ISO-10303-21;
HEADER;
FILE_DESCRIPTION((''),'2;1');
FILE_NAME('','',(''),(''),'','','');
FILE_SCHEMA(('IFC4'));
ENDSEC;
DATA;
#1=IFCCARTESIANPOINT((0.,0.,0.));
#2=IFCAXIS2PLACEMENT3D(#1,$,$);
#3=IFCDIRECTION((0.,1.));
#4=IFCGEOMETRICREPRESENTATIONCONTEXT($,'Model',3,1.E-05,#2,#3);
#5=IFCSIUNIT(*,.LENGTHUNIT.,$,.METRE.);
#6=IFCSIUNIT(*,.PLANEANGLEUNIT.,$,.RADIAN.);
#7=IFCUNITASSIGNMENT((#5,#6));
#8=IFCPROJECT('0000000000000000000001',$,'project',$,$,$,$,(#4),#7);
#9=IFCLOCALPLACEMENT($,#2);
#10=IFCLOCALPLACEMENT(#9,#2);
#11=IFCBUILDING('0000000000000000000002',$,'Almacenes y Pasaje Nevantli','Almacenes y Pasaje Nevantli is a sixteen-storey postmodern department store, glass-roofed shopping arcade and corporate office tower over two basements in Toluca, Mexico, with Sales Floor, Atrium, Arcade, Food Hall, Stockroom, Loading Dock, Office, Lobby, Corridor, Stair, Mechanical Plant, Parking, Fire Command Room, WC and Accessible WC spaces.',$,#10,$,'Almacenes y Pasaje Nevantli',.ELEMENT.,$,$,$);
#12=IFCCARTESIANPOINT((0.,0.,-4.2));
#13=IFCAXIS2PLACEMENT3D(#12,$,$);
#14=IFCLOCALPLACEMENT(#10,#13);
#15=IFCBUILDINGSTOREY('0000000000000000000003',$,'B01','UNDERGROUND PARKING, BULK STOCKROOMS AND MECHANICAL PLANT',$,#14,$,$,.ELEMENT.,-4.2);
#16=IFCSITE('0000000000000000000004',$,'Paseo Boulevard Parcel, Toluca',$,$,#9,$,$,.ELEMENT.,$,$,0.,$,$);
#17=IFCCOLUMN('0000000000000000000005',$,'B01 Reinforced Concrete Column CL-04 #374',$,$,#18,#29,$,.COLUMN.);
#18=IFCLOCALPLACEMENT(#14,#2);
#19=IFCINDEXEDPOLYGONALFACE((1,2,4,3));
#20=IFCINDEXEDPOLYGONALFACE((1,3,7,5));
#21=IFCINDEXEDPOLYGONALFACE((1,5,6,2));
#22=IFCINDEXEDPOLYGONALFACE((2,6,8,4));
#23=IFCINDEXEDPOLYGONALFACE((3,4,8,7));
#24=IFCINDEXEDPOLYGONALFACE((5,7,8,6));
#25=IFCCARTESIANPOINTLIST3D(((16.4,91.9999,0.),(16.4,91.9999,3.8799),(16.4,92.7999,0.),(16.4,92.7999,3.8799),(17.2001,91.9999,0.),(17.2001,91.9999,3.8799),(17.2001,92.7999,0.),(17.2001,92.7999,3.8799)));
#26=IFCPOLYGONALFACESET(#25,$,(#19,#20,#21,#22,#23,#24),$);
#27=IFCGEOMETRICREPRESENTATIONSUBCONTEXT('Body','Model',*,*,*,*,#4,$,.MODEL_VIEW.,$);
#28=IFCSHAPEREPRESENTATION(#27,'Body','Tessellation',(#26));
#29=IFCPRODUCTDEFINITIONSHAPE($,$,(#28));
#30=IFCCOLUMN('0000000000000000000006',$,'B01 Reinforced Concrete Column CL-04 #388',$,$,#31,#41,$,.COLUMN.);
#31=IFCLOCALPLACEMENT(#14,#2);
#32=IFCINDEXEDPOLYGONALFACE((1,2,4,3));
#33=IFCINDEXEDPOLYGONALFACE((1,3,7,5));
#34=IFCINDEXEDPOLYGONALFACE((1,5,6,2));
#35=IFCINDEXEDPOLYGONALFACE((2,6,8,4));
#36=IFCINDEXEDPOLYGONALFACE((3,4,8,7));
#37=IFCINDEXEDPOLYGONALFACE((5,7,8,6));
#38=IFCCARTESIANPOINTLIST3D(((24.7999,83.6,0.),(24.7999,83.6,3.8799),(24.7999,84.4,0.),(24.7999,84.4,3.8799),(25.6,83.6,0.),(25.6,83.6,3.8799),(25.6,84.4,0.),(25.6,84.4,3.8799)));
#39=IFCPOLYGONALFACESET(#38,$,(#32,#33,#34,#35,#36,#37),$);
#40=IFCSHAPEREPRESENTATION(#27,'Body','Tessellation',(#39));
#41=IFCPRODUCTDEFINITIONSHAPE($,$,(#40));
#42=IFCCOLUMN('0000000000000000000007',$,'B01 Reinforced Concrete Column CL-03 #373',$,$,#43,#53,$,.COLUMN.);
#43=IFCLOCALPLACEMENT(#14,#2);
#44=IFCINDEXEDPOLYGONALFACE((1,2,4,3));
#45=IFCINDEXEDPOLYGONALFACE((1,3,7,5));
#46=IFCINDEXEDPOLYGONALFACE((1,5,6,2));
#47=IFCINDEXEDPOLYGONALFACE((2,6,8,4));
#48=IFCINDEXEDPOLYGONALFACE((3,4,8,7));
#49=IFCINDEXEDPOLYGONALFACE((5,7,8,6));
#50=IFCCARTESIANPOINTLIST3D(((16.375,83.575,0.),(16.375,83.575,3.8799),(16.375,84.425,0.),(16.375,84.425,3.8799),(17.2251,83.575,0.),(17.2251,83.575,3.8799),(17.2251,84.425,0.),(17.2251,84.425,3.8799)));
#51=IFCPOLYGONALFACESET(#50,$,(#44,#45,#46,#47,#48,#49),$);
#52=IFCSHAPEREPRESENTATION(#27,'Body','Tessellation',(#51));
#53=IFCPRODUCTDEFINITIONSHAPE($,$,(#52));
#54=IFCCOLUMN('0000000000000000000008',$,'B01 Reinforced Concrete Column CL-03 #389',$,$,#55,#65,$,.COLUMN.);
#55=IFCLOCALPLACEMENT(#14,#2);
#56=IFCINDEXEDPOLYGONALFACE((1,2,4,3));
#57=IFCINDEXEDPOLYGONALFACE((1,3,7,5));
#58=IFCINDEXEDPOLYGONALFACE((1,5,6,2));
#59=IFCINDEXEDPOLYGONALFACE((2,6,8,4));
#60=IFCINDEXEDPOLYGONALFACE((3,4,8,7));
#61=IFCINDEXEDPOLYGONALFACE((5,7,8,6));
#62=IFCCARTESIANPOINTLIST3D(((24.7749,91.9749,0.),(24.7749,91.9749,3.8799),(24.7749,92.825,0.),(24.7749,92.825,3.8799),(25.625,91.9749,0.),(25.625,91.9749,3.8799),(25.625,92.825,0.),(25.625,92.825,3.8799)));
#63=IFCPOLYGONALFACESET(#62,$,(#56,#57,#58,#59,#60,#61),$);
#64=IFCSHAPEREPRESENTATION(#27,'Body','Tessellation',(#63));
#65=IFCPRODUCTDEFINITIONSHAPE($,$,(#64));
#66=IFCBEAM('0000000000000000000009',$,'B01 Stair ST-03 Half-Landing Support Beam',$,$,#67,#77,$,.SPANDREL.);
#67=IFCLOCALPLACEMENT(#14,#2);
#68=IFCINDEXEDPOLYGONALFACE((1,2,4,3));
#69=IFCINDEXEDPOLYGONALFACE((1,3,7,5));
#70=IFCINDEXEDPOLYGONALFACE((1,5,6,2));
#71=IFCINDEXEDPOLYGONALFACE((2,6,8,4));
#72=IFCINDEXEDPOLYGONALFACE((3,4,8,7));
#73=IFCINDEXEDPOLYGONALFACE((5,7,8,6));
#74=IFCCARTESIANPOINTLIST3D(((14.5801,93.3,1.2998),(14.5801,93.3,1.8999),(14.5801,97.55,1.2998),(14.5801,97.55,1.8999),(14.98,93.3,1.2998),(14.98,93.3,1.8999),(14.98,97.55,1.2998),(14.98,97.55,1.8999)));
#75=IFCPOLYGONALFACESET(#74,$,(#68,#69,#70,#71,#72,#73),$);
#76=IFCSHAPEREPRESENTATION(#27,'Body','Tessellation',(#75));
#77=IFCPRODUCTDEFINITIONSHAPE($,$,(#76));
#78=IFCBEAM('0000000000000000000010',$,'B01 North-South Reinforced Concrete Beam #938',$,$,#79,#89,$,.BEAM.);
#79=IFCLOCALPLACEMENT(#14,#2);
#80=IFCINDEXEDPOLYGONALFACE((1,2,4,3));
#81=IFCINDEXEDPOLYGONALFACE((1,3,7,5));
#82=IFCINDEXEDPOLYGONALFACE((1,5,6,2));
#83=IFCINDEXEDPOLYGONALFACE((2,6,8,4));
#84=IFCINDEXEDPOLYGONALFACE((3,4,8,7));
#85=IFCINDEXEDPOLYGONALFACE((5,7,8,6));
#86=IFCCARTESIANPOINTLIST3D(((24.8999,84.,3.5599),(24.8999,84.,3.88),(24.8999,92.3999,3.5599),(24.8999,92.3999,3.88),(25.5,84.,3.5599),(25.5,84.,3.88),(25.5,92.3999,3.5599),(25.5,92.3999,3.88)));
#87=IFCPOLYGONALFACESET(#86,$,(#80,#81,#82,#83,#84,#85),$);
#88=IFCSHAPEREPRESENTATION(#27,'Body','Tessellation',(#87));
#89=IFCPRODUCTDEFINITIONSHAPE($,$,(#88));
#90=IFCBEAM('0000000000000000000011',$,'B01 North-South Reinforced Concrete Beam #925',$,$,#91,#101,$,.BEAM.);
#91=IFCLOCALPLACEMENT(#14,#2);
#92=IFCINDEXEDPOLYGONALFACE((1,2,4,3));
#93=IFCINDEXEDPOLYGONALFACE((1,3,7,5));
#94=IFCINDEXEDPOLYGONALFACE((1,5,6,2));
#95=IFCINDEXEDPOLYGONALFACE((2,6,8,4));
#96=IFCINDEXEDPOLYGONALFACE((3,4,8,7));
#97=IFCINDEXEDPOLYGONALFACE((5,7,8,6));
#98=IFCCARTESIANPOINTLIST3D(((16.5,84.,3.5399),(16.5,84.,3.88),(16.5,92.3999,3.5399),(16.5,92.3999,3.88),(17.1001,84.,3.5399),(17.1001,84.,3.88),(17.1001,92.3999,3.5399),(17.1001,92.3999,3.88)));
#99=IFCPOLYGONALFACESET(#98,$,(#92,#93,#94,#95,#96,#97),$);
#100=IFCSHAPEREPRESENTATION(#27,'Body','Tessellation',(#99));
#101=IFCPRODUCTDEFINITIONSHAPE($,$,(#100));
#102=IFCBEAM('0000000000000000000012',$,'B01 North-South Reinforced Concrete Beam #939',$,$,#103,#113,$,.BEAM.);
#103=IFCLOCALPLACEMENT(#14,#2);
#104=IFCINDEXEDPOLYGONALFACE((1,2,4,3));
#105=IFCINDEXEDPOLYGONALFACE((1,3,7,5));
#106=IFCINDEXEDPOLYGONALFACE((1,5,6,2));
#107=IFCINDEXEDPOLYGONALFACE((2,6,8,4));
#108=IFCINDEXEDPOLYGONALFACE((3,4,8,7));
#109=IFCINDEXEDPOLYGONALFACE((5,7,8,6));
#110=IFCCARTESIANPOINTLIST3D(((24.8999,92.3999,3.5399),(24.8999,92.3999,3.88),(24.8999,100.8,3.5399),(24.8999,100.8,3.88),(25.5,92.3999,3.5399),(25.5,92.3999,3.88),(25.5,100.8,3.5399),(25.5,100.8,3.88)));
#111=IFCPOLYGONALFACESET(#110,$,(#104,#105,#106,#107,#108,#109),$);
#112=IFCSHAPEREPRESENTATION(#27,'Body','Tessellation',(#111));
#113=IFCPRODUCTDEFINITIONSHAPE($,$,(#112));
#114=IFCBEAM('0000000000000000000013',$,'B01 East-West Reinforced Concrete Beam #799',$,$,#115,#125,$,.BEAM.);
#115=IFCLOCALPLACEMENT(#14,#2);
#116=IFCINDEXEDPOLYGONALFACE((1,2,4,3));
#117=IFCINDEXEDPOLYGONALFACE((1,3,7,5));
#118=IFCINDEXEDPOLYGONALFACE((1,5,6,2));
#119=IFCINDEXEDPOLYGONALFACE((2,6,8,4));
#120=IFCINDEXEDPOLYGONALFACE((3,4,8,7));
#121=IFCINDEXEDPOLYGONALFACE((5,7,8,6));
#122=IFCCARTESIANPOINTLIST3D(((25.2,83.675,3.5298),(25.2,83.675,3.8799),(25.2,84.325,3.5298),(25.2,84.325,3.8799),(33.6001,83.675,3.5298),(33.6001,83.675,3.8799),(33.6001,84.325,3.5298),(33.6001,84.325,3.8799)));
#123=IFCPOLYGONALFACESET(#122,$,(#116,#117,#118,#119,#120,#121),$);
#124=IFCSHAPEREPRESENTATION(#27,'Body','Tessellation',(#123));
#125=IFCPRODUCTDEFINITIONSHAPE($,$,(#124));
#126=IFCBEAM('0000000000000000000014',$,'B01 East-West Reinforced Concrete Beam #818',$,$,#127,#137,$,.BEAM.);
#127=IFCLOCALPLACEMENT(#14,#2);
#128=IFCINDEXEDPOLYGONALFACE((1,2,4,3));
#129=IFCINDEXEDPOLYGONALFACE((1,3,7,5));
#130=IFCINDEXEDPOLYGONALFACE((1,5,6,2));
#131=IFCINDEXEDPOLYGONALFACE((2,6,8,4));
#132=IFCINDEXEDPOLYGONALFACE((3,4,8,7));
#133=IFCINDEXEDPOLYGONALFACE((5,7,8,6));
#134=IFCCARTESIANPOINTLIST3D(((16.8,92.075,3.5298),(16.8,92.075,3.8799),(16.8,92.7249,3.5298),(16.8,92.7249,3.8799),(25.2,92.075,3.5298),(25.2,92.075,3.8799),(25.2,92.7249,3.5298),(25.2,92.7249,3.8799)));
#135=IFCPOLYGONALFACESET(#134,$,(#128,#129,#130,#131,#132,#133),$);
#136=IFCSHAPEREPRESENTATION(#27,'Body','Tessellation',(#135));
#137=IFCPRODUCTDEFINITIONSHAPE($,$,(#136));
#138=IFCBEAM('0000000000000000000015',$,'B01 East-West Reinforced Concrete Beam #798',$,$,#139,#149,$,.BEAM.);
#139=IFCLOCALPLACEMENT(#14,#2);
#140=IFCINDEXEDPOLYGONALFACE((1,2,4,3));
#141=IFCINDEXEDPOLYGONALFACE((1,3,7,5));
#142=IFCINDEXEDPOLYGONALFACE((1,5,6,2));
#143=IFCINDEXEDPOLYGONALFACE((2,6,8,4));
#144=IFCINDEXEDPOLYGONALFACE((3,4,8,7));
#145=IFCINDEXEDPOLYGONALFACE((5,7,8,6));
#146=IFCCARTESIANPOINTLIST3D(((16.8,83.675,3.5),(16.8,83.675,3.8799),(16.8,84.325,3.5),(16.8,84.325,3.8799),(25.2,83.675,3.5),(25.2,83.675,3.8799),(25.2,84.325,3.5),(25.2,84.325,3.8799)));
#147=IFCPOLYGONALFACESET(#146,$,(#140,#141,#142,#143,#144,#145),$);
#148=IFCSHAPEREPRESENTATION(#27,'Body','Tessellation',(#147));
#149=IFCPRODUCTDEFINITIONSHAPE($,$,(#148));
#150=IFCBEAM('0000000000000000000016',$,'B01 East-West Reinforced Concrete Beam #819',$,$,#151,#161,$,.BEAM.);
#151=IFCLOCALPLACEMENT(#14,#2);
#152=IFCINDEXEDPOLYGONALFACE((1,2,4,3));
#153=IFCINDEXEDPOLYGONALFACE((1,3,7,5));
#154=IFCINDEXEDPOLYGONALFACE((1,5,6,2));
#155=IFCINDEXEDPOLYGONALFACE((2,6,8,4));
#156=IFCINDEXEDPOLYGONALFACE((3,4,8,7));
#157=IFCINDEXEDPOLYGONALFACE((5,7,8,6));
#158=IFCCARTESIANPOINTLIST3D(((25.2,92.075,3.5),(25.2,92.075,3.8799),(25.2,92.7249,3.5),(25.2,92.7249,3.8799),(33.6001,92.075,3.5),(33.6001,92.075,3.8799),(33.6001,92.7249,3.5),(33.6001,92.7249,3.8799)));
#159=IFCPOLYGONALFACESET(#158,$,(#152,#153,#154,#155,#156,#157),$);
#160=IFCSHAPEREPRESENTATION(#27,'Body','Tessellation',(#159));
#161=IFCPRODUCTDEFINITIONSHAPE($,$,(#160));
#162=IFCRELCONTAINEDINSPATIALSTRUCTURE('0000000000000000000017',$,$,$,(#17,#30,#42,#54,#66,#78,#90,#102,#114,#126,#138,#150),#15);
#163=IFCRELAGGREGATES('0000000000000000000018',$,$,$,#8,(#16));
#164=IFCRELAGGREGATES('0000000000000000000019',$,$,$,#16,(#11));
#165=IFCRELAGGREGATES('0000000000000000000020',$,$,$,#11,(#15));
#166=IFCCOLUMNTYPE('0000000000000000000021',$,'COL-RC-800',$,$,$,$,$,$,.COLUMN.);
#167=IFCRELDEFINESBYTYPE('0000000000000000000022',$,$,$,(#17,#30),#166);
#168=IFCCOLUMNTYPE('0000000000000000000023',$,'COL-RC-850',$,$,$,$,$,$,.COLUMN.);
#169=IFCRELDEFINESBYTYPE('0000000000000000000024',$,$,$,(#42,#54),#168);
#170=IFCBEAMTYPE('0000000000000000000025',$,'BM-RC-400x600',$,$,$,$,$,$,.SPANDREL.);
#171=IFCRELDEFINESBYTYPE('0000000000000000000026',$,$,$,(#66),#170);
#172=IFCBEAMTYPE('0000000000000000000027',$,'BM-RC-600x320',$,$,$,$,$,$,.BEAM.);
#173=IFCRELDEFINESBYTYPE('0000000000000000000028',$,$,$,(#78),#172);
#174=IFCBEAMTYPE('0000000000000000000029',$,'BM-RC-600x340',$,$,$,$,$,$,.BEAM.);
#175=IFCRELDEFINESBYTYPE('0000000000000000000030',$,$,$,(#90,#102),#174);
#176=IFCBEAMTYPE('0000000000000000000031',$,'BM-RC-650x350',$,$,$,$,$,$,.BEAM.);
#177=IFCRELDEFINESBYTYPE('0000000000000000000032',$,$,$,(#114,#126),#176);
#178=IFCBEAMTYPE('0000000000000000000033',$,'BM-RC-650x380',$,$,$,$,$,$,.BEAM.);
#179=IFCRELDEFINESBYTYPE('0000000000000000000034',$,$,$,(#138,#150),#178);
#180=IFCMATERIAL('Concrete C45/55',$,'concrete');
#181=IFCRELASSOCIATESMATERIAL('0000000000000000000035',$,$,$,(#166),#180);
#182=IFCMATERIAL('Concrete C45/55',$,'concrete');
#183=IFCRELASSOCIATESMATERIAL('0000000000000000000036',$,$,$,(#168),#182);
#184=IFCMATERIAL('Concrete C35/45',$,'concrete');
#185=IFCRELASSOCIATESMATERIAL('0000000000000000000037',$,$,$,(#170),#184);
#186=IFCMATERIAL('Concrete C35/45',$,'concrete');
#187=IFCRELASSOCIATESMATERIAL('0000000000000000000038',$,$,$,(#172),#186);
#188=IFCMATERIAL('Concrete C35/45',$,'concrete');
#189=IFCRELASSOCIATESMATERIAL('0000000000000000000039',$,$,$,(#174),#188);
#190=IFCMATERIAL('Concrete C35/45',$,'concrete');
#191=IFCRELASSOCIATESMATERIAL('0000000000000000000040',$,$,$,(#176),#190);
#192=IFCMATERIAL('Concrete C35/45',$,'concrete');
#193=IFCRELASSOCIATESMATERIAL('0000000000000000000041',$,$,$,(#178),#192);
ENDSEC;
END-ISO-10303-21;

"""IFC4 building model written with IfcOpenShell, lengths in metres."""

from ifc_helpers import new_model, si_unit, direction, frame, origin, origin_2d, place, context, subcontext, project, spatial, rectangle, extrude, material, material_profile, profile_set, type_object, element, save


model = new_model("IFC4")

# Units and contexts
model_context = context("Model", 3, precision=1e-05, world=origin(), true_north=direction((0.0, 1.0)))
body_context = subcontext(model_context, "Body", "Model", "MODEL_VIEW")
ifc_project = project(units=[si_unit("LENGTHUNIT", "METRE"), si_unit("PLANEANGLEUNIT", "RADIAN")], contexts=[model_context])

# Site, building, storey
site_placement = place(None, origin())
site = spatial("IfcSite", under=ifc_project, at=site_placement, Name="Paseo Boulevard Parcel, Toluca", CompositionType="ELEMENT", RefElevation=0.0)
building_placement = place(site_placement, origin())
building = spatial("IfcBuilding", under=site, at=building_placement, Name="Almacenes y Pasaje Nevantli", Description="Almacenes y Pasaje Nevantli is a sixteen-storey postmodern department store, glass-roofed shopping arcade and corporate office tower over two basements in Toluca, Mexico, with Sales Floor, Atrium, Arcade, Food Hall, Stockroom, Loading Dock, Office, Lobby, Corridor, Stair, Mechanical Plant, Parking, Fire Command Room, WC and Accessible WC spaces.", LongName="Almacenes y Pasaje Nevantli", CompositionType="ELEMENT")
storey_placement = place(building_placement, frame((0.0, 0.0, -4.2)))
storey = spatial("IfcBuildingStorey", under=building, at=storey_placement, Name="B01", Description="UNDERGROUND PARKING, BULK STOCKROOMS AND MECHANICAL PLANT", CompositionType="ELEMENT", Elevation=-4.2)

# Columns
ifc_material_1 = material(Name="Concrete C45/55", Category="concrete")
ifc_material_profile_1 = material_profile(ifc_material_1, rectangle(XDim=0.8, YDim=0.8, at=origin_2d()), Name="RC-COL-800x800")
ifc_profile_set_1 = profile_set([ifc_material_profile_1], Name="Concrete C45/55")
column_type_1 = type_object("IfcColumnType", Name="COL-RC-800", PredefinedType="COLUMN", material=ifc_profile_set_1)
for number, where, z_axis, x_axis, name in (
    (1, (16.8, 92.3999, 0.0), (0.0, 0.0, 1.0), (1.0, 0.0, 0.0), "B01 Reinforced Concrete Column CL-04 #374"),
    (2, (25.2, 84.0, 0.0), (0.0, 0.0, 1.0), (1.0, 0.0, 0.0), "B01 Reinforced Concrete Column CL-04 #388"),
):
    element("IfcColumn", number, at=place(storey_placement, frame(where, z_axis=z_axis, x_axis=x_axis)), inside=storey, type_object=column_type_1, Name=name, PredefinedType="COLUMN", context=body_context, shape_type="SweptSolid", body=[
        extrude(rectangle(XDim=0.8, YDim=0.8, at=origin_2d()), origin(), (0.0, 0.0, 1.0), 3.8799),
    ])
ifc_material_2 = material(Name="Concrete C45/55", Category="concrete")
ifc_material_profile_2 = material_profile(ifc_material_2, rectangle(XDim=0.8501, YDim=0.8501, at=origin_2d()), Name="RC-COL-850x850")
ifc_profile_set_2 = profile_set([ifc_material_profile_2], Name="Concrete C45/55")
column_type_2 = type_object("IfcColumnType", Name="COL-RC-850", PredefinedType="COLUMN", material=ifc_profile_set_2)
for number, where, z_axis, x_axis, name in (
    (3, (16.8, 84.0, 0.0), (0.0, 0.0, 1.0), (1.0, 0.0, 0.0), "B01 Reinforced Concrete Column CL-03 #373"),
    (4, (25.2, 92.3999, 0.0), (0.0, 0.0, 1.0), (1.0, 0.0, 0.0), "B01 Reinforced Concrete Column CL-03 #389"),
):
    element("IfcColumn", number, at=place(storey_placement, frame(where, z_axis=z_axis, x_axis=x_axis)), inside=storey, type_object=column_type_2, Name=name, PredefinedType="COLUMN", context=body_context, shape_type="SweptSolid", body=[
        extrude(rectangle(XDim=0.8501, YDim=0.8501, at=origin_2d()), origin(), (0.0, 0.0, 1.0), 3.8799),
    ])

# Beams
ifc_material_3 = material(Name="Concrete C35/45", Category="concrete")
ifc_material_profile_3 = material_profile(ifc_material_3, rectangle(XDim=0.3999, YDim=0.6001, at=origin_2d()), Name="RC-BM-400x600")
ifc_profile_set_3 = profile_set([ifc_material_profile_3], Name="Concrete C35/45")
beam_type_1 = type_object("IfcBeamType", Name="BM-RC-400x600", PredefinedType="SPANDREL", material=ifc_profile_set_3)
beam_1_placement = place(storey_placement, frame((14.78, 93.3, 1.5999), z_axis=(0.0, 1.0, 0.0), x_axis=(-1.0, 0.0, 0.0)))
element("IfcBeam", 5, at=beam_1_placement, inside=storey, type_object=beam_type_1, Name="B01 Stair ST-03 Half-Landing Support Beam", PredefinedType="SPANDREL", context=body_context, shape_type="SweptSolid", body=[
    extrude(rectangle(XDim=0.3999, YDim=0.6001, at=origin_2d()), origin(), (0.0, 0.0, 1.0), 4.25),
])
ifc_material_4 = material(Name="Concrete C35/45", Category="concrete")
ifc_material_profile_4 = material_profile(ifc_material_4, rectangle(XDim=0.6001, YDim=0.3201, at=origin_2d()), Name="RC-BM-600x320")
ifc_profile_set_4 = profile_set([ifc_material_profile_4], Name="Concrete C35/45")
beam_type_2 = type_object("IfcBeamType", Name="BM-RC-600x320", PredefinedType="BEAM", material=ifc_profile_set_4)
beam_2_placement = place(storey_placement, frame((25.2, 84.0, 3.72), z_axis=(0.0, 1.0, 0.0), x_axis=(-1.0, 0.0, 0.0)))
element("IfcBeam", 6, at=beam_2_placement, inside=storey, type_object=beam_type_2, Name="B01 North-South Reinforced Concrete Beam #938", PredefinedType="BEAM", context=body_context, shape_type="SweptSolid", body=[
    extrude(rectangle(XDim=0.6001, YDim=0.3201, at=origin_2d()), origin(), (0.0, 0.0, 1.0), 8.3999),
])
ifc_material_5 = material(Name="Concrete C35/45", Category="concrete")
ifc_material_profile_5 = material_profile(ifc_material_5, rectangle(XDim=0.6001, YDim=0.3401, at=origin_2d()), Name="RC-BM-600x340")
ifc_profile_set_5 = profile_set([ifc_material_profile_5], Name="Concrete C35/45")
beam_type_3 = type_object("IfcBeamType", Name="BM-RC-600x340", PredefinedType="BEAM", material=ifc_profile_set_5)
beam_3_placement = place(storey_placement, frame((16.8, 84.0, 3.71), z_axis=(0.0, 1.0, 0.0), x_axis=(-1.0, 0.0, 0.0)))
element("IfcBeam", 7, at=beam_3_placement, inside=storey, type_object=beam_type_3, Name="B01 North-South Reinforced Concrete Beam #925", PredefinedType="BEAM", context=body_context, shape_type="SweptSolid", body=[
    extrude(rectangle(XDim=0.6001, YDim=0.3401, at=origin_2d()), origin(), (0.0, 0.0, 1.0), 8.3999),
])
beam_4_placement = place(storey_placement, frame((25.2, 92.3999, 3.71), z_axis=(0.0, 1.0, 0.0), x_axis=(-1.0, 0.0, 0.0)))
element("IfcBeam", 8, at=beam_4_placement, inside=storey, type_object=beam_type_3, Name="B01 North-South Reinforced Concrete Beam #939", PredefinedType="BEAM", context=body_context, shape_type="SweptSolid", body=[
    extrude(rectangle(XDim=0.6001, YDim=0.3401, at=origin_2d()), origin(), (0.0, 0.0, 1.0), 8.4001),
])
ifc_material_6 = material(Name="Concrete C35/45", Category="concrete")
ifc_material_profile_6 = material_profile(ifc_material_6, rectangle(XDim=0.6499, YDim=0.3501, at=origin_2d()), Name="RC-BM-650x350")
ifc_profile_set_6 = profile_set([ifc_material_profile_6], Name="Concrete C35/45")
beam_type_4 = type_object("IfcBeamType", Name="BM-RC-650x350", PredefinedType="BEAM", material=ifc_profile_set_6)
beam_5_placement = place(storey_placement, frame((25.2, 84.0, 3.7048), z_axis=(1.0, 0.0, 0.0), x_axis=(0.0, 1.0, 0.0)))
element("IfcBeam", 9, at=beam_5_placement, inside=storey, type_object=beam_type_4, Name="B01 East-West Reinforced Concrete Beam #799", PredefinedType="BEAM", context=body_context, shape_type="SweptSolid", body=[
    extrude(rectangle(XDim=0.6499, YDim=0.3501, at=origin_2d()), origin(), (0.0, 0.0, 1.0), 8.4001),
])
beam_6_placement = place(storey_placement, frame((16.8, 92.3999, 3.7048), z_axis=(1.0, 0.0, 0.0), x_axis=(0.0, 1.0, 0.0)))
element("IfcBeam", 10, at=beam_6_placement, inside=storey, type_object=beam_type_4, Name="B01 East-West Reinforced Concrete Beam #818", PredefinedType="BEAM", context=body_context, shape_type="SweptSolid", body=[
    extrude(rectangle(XDim=0.6499, YDim=0.3501, at=origin_2d()), origin(), (0.0, 0.0, 1.0), 8.3999),
])
ifc_material_7 = material(Name="Concrete C35/45", Category="concrete")
ifc_material_profile_7 = material_profile(ifc_material_7, rectangle(XDim=0.6499, YDim=0.3799, at=origin_2d()), Name="RC-BM-650x380")
ifc_profile_set_7 = profile_set([ifc_material_profile_7], Name="Concrete C35/45")
beam_type_5 = type_object("IfcBeamType", Name="BM-RC-650x380", PredefinedType="BEAM", material=ifc_profile_set_7)
beam_7_placement = place(storey_placement, frame((16.8, 84.0, 3.6899), z_axis=(1.0, 0.0, 0.0), x_axis=(0.0, 1.0, 0.0)))
element("IfcBeam", 11, at=beam_7_placement, inside=storey, type_object=beam_type_5, Name="B01 East-West Reinforced Concrete Beam #798", PredefinedType="BEAM", context=body_context, shape_type="SweptSolid", body=[
    extrude(rectangle(XDim=0.6499, YDim=0.3799, at=origin_2d()), origin(), (0.0, 0.0, 1.0), 8.3999),
])
beam_8_placement = place(storey_placement, frame((25.2, 92.3999, 3.6899), z_axis=(1.0, 0.0, 0.0), x_axis=(0.0, 1.0, 0.0)))
element("IfcBeam", 12, at=beam_8_placement, inside=storey, type_object=beam_type_5, Name="B01 East-West Reinforced Concrete Beam #819", PredefinedType="BEAM", context=body_context, shape_type="SweptSolid", body=[
    extrude(rectangle(XDim=0.6499, YDim=0.3799, at=origin_2d()), origin(), (0.0, 0.0, 1.0), 8.4001),
])

save(model, "model.ifc")
